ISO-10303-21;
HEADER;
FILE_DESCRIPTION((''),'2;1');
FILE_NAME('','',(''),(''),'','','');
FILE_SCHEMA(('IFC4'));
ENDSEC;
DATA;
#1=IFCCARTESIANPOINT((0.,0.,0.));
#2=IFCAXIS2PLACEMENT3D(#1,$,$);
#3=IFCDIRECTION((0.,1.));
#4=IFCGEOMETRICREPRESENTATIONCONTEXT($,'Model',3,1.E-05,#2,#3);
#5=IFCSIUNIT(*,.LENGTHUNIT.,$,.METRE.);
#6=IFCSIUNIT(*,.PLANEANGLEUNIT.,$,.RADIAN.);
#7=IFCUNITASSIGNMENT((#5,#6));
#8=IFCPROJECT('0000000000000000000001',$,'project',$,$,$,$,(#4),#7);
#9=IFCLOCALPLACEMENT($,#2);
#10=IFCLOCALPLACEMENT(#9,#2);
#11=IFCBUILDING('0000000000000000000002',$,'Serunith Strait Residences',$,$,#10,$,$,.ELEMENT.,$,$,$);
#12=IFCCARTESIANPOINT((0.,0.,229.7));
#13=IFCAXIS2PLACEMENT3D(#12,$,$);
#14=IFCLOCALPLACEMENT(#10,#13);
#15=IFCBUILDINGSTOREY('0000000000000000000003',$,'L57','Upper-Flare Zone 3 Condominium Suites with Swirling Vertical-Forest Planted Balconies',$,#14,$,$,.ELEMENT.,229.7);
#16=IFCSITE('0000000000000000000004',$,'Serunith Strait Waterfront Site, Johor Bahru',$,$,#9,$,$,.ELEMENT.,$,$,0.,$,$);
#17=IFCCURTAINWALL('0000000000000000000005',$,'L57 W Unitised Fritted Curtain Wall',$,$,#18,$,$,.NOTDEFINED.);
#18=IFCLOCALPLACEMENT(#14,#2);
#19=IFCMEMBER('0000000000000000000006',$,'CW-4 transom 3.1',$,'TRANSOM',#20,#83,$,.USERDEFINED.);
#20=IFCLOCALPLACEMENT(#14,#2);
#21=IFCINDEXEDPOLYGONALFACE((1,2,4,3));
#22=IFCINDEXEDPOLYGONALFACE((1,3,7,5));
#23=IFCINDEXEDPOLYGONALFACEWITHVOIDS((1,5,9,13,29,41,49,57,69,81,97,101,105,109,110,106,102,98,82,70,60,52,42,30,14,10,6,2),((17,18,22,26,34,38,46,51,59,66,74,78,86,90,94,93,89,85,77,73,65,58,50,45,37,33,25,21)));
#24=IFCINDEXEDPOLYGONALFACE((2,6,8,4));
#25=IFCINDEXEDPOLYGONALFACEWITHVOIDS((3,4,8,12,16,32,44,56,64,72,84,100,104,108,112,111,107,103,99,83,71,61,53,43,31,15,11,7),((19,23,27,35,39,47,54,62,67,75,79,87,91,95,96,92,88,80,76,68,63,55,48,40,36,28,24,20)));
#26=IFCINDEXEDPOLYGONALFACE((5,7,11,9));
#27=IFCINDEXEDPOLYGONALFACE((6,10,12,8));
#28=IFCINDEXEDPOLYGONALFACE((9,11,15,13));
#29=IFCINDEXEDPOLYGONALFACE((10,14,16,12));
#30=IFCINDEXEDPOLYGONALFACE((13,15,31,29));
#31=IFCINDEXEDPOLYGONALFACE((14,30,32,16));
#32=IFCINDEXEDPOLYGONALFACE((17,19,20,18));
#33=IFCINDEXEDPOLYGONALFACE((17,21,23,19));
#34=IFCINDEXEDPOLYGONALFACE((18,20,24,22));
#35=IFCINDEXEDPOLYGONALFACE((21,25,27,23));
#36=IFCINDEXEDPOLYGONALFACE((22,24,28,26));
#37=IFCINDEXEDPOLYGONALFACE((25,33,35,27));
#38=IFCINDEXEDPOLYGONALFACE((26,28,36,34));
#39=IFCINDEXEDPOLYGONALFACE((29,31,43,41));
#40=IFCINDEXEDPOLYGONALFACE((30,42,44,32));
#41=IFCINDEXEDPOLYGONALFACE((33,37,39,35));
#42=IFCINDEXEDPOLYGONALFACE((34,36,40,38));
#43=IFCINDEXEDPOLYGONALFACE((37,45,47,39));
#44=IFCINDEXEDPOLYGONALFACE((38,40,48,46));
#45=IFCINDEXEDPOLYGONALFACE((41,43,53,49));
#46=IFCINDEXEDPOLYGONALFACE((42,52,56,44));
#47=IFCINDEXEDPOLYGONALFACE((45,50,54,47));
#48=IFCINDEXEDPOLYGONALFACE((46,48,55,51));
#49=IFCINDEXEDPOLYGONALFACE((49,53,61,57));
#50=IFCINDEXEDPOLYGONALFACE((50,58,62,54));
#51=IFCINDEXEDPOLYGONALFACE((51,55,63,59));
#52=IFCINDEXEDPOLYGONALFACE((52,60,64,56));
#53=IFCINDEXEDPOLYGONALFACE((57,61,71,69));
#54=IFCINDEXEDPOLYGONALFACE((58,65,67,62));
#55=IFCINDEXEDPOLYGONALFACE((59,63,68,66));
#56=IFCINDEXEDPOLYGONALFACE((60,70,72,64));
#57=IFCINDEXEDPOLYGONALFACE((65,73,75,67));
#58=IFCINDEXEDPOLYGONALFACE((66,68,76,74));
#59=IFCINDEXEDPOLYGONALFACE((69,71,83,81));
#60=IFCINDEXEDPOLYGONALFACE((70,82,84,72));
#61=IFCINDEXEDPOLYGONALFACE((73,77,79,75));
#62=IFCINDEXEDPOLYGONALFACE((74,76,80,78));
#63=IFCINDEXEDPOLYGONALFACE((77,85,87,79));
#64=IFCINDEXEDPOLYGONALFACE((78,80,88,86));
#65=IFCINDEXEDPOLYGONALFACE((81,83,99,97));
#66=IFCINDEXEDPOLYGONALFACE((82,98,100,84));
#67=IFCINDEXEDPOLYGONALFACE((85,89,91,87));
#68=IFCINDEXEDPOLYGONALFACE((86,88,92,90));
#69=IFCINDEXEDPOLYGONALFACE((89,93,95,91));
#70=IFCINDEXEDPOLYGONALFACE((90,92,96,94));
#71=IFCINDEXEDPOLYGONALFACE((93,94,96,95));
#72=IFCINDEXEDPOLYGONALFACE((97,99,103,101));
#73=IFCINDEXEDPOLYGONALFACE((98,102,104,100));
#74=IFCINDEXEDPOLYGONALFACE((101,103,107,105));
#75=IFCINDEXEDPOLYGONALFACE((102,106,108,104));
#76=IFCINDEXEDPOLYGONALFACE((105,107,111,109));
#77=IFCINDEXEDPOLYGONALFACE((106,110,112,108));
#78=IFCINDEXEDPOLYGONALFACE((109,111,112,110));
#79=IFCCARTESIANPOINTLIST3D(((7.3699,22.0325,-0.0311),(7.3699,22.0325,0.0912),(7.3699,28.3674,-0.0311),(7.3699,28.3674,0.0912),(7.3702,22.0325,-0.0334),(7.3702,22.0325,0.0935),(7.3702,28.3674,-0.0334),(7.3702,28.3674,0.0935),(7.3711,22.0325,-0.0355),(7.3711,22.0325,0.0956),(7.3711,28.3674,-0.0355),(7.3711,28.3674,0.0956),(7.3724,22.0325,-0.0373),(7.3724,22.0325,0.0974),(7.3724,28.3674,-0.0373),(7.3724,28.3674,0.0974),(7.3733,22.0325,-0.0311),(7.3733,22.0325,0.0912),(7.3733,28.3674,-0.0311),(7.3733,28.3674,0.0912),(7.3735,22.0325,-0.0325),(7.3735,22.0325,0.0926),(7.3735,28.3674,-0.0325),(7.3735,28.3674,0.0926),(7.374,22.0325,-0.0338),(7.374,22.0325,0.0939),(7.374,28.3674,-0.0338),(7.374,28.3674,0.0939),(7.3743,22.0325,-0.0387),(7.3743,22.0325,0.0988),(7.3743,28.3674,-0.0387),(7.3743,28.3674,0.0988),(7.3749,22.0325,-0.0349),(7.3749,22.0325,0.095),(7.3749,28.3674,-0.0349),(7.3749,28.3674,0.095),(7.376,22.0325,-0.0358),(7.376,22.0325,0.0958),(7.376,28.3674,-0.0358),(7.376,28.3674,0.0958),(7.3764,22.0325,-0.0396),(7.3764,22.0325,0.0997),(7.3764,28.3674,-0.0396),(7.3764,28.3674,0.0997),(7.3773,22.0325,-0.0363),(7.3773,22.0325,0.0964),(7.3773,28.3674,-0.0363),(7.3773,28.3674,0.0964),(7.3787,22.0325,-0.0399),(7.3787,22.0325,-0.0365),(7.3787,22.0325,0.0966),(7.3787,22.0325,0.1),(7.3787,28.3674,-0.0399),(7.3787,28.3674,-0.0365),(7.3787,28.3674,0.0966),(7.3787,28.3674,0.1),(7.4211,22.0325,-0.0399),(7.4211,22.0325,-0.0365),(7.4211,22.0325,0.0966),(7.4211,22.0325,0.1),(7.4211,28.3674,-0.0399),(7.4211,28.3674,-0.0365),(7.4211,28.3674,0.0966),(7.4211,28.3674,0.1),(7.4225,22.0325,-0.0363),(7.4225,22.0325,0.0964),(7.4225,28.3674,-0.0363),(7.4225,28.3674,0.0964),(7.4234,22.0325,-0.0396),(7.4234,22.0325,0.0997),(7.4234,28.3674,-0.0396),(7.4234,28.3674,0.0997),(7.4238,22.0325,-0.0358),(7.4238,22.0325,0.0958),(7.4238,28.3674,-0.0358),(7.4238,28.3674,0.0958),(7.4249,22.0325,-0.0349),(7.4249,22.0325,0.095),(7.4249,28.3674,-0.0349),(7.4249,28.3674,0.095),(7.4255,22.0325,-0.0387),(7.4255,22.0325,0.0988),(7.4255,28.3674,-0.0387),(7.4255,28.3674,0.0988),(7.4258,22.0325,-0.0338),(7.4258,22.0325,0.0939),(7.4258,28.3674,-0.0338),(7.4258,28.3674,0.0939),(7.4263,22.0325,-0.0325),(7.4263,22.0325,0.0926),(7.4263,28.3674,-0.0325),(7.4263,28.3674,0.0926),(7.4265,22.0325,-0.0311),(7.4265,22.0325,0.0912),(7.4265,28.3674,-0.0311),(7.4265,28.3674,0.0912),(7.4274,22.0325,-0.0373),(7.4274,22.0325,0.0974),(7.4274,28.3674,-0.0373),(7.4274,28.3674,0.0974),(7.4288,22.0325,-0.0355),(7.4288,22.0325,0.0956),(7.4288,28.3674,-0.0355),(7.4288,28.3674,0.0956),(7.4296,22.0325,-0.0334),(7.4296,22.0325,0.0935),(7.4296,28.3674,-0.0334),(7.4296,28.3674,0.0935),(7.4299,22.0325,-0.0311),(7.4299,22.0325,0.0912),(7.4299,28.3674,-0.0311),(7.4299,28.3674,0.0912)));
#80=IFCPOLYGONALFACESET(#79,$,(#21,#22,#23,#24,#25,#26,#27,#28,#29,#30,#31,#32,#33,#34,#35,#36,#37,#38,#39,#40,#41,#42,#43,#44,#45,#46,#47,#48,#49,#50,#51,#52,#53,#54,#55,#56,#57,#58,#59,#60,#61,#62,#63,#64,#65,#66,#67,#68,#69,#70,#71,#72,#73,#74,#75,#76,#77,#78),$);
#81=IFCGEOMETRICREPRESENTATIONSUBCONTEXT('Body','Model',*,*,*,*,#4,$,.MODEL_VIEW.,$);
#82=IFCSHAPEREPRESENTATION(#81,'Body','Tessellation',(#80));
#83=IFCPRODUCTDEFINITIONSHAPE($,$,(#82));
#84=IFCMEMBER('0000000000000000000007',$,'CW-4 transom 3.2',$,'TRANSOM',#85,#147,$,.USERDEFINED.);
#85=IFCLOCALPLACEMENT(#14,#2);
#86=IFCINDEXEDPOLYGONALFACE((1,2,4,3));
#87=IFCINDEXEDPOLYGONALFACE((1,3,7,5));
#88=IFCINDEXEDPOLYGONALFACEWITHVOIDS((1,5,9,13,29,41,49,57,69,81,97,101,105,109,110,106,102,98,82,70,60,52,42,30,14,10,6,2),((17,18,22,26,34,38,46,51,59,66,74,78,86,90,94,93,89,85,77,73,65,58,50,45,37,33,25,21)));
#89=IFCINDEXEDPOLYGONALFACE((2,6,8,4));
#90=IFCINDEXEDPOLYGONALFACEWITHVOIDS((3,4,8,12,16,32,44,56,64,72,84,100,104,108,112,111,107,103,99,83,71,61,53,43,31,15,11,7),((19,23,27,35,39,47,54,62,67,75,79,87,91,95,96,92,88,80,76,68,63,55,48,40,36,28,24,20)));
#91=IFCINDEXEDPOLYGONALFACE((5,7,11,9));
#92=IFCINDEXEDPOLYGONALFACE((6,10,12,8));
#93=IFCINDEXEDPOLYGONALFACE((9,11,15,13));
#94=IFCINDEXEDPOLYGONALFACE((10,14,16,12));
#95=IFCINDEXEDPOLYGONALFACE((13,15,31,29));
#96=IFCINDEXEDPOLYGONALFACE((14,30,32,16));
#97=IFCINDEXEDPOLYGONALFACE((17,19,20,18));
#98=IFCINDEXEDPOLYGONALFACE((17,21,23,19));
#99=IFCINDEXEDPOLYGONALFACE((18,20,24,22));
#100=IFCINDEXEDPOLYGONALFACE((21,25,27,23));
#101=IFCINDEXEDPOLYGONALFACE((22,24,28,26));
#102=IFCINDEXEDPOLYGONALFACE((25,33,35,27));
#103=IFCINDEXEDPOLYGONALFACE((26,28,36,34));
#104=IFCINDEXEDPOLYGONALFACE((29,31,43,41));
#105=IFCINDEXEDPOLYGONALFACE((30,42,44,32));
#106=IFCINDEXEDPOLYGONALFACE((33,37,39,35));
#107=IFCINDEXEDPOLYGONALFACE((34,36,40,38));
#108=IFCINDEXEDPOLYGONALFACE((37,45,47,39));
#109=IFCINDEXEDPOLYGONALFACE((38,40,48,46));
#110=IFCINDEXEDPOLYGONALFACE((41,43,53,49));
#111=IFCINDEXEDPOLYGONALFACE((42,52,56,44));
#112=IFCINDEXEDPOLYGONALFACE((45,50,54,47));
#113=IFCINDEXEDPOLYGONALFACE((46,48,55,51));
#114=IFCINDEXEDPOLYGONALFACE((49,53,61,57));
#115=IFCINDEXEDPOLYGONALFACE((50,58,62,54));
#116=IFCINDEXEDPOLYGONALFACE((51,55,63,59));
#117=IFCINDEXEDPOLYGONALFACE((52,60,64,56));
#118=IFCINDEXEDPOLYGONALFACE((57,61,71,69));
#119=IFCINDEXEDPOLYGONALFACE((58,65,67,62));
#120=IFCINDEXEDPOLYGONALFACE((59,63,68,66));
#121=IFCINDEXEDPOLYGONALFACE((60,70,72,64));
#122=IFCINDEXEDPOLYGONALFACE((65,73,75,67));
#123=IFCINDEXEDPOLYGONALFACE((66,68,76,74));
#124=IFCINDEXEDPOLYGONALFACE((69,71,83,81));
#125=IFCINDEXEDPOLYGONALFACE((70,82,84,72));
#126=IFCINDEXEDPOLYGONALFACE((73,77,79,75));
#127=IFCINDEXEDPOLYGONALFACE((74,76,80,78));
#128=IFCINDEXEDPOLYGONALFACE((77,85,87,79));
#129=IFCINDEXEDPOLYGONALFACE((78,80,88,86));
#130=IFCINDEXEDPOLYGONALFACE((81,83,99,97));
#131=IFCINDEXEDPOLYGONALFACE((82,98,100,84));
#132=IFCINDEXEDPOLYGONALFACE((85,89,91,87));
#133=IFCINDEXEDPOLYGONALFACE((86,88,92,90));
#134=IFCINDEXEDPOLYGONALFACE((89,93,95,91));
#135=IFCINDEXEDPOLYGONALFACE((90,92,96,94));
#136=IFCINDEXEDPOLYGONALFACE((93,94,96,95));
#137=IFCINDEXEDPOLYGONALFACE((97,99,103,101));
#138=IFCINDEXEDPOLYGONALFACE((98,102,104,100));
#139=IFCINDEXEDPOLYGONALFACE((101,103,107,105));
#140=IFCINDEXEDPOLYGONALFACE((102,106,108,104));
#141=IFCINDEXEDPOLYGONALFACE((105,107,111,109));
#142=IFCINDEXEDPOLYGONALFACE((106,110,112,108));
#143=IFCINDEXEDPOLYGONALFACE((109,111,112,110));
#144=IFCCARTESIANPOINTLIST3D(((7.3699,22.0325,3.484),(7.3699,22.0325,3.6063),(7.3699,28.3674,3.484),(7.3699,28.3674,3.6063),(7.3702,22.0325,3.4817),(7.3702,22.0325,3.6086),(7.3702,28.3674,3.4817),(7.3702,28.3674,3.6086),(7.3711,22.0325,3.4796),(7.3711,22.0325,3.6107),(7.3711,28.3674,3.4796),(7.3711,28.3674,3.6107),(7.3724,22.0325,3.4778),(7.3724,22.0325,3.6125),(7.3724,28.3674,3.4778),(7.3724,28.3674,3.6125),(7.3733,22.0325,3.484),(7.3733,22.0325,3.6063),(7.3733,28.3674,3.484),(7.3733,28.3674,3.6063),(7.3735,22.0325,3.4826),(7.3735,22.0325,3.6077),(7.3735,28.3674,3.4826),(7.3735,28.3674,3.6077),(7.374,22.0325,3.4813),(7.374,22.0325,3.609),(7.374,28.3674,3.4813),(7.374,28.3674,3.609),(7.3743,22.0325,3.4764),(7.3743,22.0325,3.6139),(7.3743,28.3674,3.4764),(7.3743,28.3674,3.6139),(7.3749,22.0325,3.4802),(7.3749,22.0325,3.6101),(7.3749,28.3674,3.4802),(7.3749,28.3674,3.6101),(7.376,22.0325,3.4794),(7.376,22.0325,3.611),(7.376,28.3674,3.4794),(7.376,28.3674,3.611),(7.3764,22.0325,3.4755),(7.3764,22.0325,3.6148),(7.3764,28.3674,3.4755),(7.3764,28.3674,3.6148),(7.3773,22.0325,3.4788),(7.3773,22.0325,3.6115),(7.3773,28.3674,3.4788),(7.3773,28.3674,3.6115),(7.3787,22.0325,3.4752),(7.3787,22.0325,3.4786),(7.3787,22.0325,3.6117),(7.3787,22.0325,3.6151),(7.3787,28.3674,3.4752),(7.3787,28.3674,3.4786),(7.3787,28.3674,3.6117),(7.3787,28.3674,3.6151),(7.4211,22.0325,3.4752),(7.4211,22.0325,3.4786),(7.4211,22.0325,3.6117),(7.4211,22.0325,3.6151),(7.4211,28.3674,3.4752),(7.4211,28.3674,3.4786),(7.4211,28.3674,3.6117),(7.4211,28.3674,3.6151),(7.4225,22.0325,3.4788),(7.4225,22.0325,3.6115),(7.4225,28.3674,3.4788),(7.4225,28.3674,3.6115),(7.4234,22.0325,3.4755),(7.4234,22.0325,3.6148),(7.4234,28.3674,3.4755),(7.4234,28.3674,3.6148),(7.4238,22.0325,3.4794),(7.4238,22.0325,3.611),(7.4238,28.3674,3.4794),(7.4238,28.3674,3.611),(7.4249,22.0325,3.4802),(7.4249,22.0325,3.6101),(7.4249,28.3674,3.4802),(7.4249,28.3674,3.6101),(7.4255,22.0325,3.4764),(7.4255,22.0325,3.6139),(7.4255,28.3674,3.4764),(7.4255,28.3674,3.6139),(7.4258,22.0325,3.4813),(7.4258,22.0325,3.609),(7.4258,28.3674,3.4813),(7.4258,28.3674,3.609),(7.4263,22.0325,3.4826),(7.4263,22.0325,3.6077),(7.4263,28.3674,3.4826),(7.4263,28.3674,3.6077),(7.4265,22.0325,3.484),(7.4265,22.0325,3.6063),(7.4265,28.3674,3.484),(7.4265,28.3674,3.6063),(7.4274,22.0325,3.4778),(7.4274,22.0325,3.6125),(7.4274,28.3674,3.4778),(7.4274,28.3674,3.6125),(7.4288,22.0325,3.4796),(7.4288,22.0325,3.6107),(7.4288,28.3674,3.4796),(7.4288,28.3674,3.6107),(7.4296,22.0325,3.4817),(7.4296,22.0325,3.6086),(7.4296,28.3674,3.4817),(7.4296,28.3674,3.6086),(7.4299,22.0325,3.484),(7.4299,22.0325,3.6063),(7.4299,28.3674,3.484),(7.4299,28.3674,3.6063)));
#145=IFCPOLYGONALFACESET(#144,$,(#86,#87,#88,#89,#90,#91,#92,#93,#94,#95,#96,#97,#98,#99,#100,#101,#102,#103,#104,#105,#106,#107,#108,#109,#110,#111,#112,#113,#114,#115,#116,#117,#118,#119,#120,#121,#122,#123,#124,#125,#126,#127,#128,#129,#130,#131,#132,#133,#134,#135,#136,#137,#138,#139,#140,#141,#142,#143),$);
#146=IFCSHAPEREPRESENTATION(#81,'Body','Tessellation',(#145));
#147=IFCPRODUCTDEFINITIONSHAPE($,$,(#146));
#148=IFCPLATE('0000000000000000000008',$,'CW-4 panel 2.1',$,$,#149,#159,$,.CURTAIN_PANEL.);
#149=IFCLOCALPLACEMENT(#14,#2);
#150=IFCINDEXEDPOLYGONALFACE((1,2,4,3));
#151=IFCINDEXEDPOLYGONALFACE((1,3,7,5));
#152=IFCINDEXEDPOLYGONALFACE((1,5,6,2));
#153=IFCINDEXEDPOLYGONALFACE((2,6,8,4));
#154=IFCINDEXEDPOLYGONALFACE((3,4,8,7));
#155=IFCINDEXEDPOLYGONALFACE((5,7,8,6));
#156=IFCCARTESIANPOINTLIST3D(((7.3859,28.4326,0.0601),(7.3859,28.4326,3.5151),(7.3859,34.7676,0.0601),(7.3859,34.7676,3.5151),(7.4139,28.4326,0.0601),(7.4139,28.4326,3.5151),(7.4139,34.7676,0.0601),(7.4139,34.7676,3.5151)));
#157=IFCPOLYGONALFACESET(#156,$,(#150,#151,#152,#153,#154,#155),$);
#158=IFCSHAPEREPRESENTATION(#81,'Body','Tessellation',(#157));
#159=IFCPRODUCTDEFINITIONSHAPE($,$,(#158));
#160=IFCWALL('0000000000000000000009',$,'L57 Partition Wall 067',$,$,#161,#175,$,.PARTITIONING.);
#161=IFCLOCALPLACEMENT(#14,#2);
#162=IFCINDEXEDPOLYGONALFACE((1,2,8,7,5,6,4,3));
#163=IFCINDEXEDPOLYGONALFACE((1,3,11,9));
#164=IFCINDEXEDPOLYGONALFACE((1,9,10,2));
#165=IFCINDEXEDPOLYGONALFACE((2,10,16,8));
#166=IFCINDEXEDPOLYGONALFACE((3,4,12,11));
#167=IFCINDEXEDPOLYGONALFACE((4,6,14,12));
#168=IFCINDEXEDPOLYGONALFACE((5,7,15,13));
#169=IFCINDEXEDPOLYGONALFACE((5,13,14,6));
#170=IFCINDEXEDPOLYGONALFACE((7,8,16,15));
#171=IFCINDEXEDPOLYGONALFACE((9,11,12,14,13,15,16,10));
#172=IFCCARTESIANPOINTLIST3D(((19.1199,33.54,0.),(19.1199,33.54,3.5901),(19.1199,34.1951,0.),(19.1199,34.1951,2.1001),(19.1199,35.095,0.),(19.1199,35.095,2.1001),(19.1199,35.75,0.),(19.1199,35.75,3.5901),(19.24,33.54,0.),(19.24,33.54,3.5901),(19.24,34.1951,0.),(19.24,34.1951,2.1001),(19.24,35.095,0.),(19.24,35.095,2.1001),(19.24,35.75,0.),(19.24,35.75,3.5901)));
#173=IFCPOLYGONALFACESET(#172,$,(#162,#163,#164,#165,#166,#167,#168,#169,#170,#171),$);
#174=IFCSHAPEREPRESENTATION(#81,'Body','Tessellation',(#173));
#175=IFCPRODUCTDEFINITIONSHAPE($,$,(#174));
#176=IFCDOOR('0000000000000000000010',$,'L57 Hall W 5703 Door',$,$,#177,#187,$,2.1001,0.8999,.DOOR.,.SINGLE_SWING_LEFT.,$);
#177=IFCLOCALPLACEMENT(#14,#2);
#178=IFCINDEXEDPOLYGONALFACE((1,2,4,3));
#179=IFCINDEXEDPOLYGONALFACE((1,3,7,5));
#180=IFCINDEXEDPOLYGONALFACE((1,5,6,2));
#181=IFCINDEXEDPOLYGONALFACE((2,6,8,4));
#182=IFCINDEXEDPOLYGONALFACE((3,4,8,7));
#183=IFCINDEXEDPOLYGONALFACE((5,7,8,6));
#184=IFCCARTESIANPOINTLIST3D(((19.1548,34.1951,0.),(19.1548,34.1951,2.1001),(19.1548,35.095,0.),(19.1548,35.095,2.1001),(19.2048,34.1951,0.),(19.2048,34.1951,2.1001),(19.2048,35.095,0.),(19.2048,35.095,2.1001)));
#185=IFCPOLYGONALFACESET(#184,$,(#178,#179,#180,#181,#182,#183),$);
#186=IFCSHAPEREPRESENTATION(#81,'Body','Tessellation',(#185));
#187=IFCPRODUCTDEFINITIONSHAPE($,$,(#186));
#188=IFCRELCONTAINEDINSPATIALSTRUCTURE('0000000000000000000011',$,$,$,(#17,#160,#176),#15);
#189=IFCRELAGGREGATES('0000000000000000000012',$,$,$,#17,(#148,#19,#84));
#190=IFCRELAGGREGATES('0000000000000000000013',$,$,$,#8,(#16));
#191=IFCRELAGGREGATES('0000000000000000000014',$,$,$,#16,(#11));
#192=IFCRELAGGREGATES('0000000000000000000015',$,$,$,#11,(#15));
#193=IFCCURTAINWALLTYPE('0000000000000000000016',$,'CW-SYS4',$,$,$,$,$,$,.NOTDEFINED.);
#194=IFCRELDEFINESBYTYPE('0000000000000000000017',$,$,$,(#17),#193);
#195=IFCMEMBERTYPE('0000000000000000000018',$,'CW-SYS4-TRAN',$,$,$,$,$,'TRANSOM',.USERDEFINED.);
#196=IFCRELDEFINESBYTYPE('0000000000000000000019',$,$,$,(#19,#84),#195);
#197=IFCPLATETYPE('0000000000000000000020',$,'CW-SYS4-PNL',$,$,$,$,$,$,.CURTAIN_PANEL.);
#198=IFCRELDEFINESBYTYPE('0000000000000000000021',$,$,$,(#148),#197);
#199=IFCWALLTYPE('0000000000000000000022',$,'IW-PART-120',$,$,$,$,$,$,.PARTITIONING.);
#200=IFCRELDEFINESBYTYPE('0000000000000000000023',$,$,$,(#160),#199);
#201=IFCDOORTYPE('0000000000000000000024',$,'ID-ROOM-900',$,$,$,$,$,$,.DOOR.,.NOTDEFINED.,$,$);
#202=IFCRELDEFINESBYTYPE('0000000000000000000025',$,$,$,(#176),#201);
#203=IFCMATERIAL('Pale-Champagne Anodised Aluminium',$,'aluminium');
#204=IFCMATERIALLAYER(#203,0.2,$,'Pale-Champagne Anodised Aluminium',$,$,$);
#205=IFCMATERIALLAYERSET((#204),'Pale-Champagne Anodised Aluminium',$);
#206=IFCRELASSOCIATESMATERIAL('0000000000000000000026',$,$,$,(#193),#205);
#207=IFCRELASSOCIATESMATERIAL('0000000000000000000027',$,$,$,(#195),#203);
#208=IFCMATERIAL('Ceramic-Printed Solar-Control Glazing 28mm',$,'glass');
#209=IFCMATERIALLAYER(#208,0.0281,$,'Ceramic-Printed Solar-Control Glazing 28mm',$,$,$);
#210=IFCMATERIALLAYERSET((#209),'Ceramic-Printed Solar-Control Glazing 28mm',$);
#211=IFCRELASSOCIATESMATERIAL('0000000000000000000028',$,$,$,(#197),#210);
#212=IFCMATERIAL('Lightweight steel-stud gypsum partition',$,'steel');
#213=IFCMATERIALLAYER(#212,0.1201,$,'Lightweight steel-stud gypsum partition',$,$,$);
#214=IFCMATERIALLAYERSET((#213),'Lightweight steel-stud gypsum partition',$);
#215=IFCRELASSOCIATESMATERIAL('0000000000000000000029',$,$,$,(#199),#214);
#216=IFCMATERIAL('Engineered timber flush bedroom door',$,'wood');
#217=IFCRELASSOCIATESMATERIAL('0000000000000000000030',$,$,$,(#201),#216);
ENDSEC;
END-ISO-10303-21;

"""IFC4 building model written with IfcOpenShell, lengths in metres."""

from ifc_helpers import new_model, si_unit, direction, frame, frame_2d, origin, origin_2d, place, context, subcontext, project, spatial, rectangle, hollow_rectangle, extrude, source, transform, mapped, material, layer, layer_set, material_profile, profile_set, type_object, element, fill, aggregate, save


model = new_model("IFC4")

# Units and contexts
model_context = context("Model", 3, precision=1e-05, world=origin(), true_north=direction((0.0, 1.0)))
body_context = subcontext(model_context, "Body", "Model", "MODEL_VIEW")
ifc_project = project(units=[si_unit("LENGTHUNIT", "METRE"), si_unit("PLANEANGLEUNIT", "RADIAN")], contexts=[model_context])

# Site, building, storey
site_placement = place(None, origin())
site = spatial("IfcSite", under=ifc_project, at=site_placement, Name="Serunith Strait Waterfront Site, Johor Bahru", CompositionType="ELEMENT", RefElevation=0.0)
building_placement = place(site_placement, origin())
building = spatial("IfcBuilding", under=site, at=building_placement, Name="Serunith Strait Residences", CompositionType="ELEMENT")
storey_placement = place(building_placement, frame((0.0, 0.0, 229.7)))
storey = spatial("IfcBuildingStorey", under=building, at=storey_placement, Name="L57", Description="Upper-Flare Zone 3 Condominium Suites with Swirling Vertical-Forest Planted Balconies", CompositionType="ELEMENT", Elevation=229.7)

# Curtain wall, members, plate
ifc_material_1 = material(Name="Pale-Champagne Anodised Aluminium", Category="aluminium")
ifc_layer_1 = layer(ifc_material_1, 0.2, Name="Pale-Champagne Anodised Aluminium")
ifc_layer_set_1 = layer_set([ifc_layer_1], Name="Pale-Champagne Anodised Aluminium")
curtain_wall_type = type_object("IfcCurtainWallType", Name="CW-SYS4", PredefinedType="NOTDEFINED", material=ifc_layer_set_1)
curtain_wall_placement = place(storey_placement, origin())
curtain_wall = element("IfcCurtainWall", 1, at=curtain_wall_placement, inside=storey, type_object=curtain_wall_type, Name="L57 W Unitised Fritted Curtain Wall", PredefinedType="NOTDEFINED")
ifc_material_profile_1 = material_profile(ifc_material_1, hollow_rectangle(XDim=0.0601, YDim=0.1399, WallThickness=0.0034, InnerFilletRadius=0.0054, OuterFilletRadius=0.0088, at=origin_2d()), Name="ALU 140x60x3.5")
ifc_profile_set_1 = profile_set([ifc_material_profile_1], Name="Pale-Champagne Anodised Aluminium")
member_type_1 = type_object("IfcMemberType", Name="CW-SYS4-TRAN", ElementType="TRANSOM", PredefinedType="USERDEFINED", material=ifc_profile_set_1)
shared_shape_1 = source(origin(), body_context, "Body", "SweptSolid", [
    extrude(hollow_rectangle(XDim=0.0601, YDim=0.1399, WallThickness=0.0034, InnerFilletRadius=0.0054, OuterFilletRadius=0.0088, at=origin_2d()), origin(), (0.0, 0.0, 1.0), 6.335),
])
member_1_placement = place(storey_placement, frame((7.3999, 28.3674, 0.03), z_axis=(0.0, -1.0, 0.0), x_axis=(1.0, 0.0, 0.0)))
member_1 = element("IfcMember", 2, at=member_1_placement, type_object=member_type_1, Name="CW-4 transom 3.1", ObjectType="TRANSOM", PredefinedType="USERDEFINED", context=body_context, shape_type="MappedRepresentation", body=[
    mapped(shared_shape_1, transform((0.0, 0.0, 0.0), scale=1.0)),
])
member_2_placement = place(storey_placement, frame((7.3999, 28.3674, 3.5452), z_axis=(0.0, -1.0, 0.0), x_axis=(1.0, 0.0, 0.0)))
member_2 = element("IfcMember", 3, at=member_2_placement, type_object=member_type_1, Name="CW-4 transom 3.2", ObjectType="TRANSOM", PredefinedType="USERDEFINED", context=body_context, shape_type="MappedRepresentation", body=[
    mapped(shared_shape_1, transform((0.0, 0.0, 0.0), scale=1.0)),
])
ifc_material_2 = material(Name="Ceramic-Printed Solar-Control Glazing 28mm", Category="glass")
ifc_layer_2 = layer(ifc_material_2, 0.0281, Name="Ceramic-Printed Solar-Control Glazing 28mm")
ifc_layer_set_2 = layer_set([ifc_layer_2], Name="Ceramic-Printed Solar-Control Glazing 28mm")
plate_type = type_object("IfcPlateType", Name="CW-SYS4-PNL", PredefinedType="CURTAIN_PANEL", material=ifc_layer_set_2)
shared_shape_2 = source(origin(), body_context, "Body", "SweptSolid", [
    extrude(rectangle(XDim=6.335, YDim=0.0281, at=origin_2d()), origin(), (0.0, 0.0, 1.0), 3.4551),
])
plate_placement = place(storey_placement, frame((7.3999, 31.6001, 0.0601), z_axis=(0.0, 0.0, 1.0), x_axis=(0.0, -1.0, 0.0)))
plate = element("IfcPlate", 4, at=plate_placement, type_object=plate_type, Name="CW-4 panel 2.1", PredefinedType="CURTAIN_PANEL", context=body_context, shape_type="MappedRepresentation", body=[
    mapped(shared_shape_2, transform((0.0, 0.0, 0.0), scale=1.0)),
])
aggregate(curtain_wall, [plate, member_1, member_2])

# Wall, opening, door
ifc_material_3 = material(Name="Lightweight steel-stud gypsum partition", Category="steel")
ifc_layer_3 = layer(ifc_material_3, 0.1201, Name="Lightweight steel-stud gypsum partition")
ifc_layer_set_3 = layer_set([ifc_layer_3], Name="Lightweight steel-stud gypsum partition")
wall_type_1 = type_object("IfcWallType", Name="IW-PART-120", PredefinedType="PARTITIONING", material=ifc_layer_set_3)
wall_1_placement = place(storey_placement, frame((19.1799, 35.75, 0.0), z_axis=(0.0, 0.0, 1.0), x_axis=(0.0, -1.0, 0.0)))
wall_1 = element("IfcWall", 5, at=wall_1_placement, inside=storey, type_object=wall_type_1, Name="L57 Partition Wall 067", PredefinedType="PARTITIONING", context=body_context, shape_type="SweptSolid", body=[
    extrude(rectangle(XDim=2.21, YDim=0.1201, at=frame_2d((1.105, 0.0))), origin(), (0.0, 0.0, 1.0), 3.5901),
])
opening_1_placement = place(wall_1_placement, frame((0.655, 0.0, 0.0)))
opening_1 = element("IfcOpeningElement", 6, at=opening_1_placement, cuts=wall_1, PredefinedType="OPENING", context=body_context, shape_type="SweptSolid", body=[
    extrude(rectangle(XDim=0.8999, YDim=2.1001, at=frame_2d((0.45, 1.05))), frame((0.0, 0.0701, 0.0), z_axis=(0.0, -1.0, 0.0), x_axis=(1.0, 0.0, 0.0)), (0.0, 0.0, 1.0), 0.1401),
])
ifc_material_4 = material(Name="Engineered timber flush bedroom door", Category="wood")
door_type_1 = type_object("IfcDoorType", Name="ID-ROOM-900", OperationType="NOTDEFINED", PredefinedType="DOOR", material=ifc_material_4)
shared_shape_3 = source(origin(), body_context, "Body", "SweptSolid", [
    extrude(rectangle(XDim=0.8999, YDim=2.1001, at=frame_2d((0.45, 1.05))), frame((0.0, 0.0249, 0.0), z_axis=(0.0, -1.0, 0.0), x_axis=(1.0, 0.0, 0.0)), (0.0, 0.0, 1.0), 0.05),
])
door_1_placement = place(opening_1_placement, origin())
door_1 = element("IfcDoor", 7, at=door_1_placement, inside=storey, type_object=door_type_1, Name="L57 Hall W 5703 Door", OperationType="SINGLE_SWING_LEFT", OverallHeight=2.1001, OverallWidth=0.8999, PredefinedType="DOOR", context=body_context, shape_type="MappedRepresentation", body=[
    mapped(shared_shape_3, transform((0.0, 0.0, 0.0), scale=1.0)),
])
fill(opening_1, door_1)

save(model, "model.ifc")
